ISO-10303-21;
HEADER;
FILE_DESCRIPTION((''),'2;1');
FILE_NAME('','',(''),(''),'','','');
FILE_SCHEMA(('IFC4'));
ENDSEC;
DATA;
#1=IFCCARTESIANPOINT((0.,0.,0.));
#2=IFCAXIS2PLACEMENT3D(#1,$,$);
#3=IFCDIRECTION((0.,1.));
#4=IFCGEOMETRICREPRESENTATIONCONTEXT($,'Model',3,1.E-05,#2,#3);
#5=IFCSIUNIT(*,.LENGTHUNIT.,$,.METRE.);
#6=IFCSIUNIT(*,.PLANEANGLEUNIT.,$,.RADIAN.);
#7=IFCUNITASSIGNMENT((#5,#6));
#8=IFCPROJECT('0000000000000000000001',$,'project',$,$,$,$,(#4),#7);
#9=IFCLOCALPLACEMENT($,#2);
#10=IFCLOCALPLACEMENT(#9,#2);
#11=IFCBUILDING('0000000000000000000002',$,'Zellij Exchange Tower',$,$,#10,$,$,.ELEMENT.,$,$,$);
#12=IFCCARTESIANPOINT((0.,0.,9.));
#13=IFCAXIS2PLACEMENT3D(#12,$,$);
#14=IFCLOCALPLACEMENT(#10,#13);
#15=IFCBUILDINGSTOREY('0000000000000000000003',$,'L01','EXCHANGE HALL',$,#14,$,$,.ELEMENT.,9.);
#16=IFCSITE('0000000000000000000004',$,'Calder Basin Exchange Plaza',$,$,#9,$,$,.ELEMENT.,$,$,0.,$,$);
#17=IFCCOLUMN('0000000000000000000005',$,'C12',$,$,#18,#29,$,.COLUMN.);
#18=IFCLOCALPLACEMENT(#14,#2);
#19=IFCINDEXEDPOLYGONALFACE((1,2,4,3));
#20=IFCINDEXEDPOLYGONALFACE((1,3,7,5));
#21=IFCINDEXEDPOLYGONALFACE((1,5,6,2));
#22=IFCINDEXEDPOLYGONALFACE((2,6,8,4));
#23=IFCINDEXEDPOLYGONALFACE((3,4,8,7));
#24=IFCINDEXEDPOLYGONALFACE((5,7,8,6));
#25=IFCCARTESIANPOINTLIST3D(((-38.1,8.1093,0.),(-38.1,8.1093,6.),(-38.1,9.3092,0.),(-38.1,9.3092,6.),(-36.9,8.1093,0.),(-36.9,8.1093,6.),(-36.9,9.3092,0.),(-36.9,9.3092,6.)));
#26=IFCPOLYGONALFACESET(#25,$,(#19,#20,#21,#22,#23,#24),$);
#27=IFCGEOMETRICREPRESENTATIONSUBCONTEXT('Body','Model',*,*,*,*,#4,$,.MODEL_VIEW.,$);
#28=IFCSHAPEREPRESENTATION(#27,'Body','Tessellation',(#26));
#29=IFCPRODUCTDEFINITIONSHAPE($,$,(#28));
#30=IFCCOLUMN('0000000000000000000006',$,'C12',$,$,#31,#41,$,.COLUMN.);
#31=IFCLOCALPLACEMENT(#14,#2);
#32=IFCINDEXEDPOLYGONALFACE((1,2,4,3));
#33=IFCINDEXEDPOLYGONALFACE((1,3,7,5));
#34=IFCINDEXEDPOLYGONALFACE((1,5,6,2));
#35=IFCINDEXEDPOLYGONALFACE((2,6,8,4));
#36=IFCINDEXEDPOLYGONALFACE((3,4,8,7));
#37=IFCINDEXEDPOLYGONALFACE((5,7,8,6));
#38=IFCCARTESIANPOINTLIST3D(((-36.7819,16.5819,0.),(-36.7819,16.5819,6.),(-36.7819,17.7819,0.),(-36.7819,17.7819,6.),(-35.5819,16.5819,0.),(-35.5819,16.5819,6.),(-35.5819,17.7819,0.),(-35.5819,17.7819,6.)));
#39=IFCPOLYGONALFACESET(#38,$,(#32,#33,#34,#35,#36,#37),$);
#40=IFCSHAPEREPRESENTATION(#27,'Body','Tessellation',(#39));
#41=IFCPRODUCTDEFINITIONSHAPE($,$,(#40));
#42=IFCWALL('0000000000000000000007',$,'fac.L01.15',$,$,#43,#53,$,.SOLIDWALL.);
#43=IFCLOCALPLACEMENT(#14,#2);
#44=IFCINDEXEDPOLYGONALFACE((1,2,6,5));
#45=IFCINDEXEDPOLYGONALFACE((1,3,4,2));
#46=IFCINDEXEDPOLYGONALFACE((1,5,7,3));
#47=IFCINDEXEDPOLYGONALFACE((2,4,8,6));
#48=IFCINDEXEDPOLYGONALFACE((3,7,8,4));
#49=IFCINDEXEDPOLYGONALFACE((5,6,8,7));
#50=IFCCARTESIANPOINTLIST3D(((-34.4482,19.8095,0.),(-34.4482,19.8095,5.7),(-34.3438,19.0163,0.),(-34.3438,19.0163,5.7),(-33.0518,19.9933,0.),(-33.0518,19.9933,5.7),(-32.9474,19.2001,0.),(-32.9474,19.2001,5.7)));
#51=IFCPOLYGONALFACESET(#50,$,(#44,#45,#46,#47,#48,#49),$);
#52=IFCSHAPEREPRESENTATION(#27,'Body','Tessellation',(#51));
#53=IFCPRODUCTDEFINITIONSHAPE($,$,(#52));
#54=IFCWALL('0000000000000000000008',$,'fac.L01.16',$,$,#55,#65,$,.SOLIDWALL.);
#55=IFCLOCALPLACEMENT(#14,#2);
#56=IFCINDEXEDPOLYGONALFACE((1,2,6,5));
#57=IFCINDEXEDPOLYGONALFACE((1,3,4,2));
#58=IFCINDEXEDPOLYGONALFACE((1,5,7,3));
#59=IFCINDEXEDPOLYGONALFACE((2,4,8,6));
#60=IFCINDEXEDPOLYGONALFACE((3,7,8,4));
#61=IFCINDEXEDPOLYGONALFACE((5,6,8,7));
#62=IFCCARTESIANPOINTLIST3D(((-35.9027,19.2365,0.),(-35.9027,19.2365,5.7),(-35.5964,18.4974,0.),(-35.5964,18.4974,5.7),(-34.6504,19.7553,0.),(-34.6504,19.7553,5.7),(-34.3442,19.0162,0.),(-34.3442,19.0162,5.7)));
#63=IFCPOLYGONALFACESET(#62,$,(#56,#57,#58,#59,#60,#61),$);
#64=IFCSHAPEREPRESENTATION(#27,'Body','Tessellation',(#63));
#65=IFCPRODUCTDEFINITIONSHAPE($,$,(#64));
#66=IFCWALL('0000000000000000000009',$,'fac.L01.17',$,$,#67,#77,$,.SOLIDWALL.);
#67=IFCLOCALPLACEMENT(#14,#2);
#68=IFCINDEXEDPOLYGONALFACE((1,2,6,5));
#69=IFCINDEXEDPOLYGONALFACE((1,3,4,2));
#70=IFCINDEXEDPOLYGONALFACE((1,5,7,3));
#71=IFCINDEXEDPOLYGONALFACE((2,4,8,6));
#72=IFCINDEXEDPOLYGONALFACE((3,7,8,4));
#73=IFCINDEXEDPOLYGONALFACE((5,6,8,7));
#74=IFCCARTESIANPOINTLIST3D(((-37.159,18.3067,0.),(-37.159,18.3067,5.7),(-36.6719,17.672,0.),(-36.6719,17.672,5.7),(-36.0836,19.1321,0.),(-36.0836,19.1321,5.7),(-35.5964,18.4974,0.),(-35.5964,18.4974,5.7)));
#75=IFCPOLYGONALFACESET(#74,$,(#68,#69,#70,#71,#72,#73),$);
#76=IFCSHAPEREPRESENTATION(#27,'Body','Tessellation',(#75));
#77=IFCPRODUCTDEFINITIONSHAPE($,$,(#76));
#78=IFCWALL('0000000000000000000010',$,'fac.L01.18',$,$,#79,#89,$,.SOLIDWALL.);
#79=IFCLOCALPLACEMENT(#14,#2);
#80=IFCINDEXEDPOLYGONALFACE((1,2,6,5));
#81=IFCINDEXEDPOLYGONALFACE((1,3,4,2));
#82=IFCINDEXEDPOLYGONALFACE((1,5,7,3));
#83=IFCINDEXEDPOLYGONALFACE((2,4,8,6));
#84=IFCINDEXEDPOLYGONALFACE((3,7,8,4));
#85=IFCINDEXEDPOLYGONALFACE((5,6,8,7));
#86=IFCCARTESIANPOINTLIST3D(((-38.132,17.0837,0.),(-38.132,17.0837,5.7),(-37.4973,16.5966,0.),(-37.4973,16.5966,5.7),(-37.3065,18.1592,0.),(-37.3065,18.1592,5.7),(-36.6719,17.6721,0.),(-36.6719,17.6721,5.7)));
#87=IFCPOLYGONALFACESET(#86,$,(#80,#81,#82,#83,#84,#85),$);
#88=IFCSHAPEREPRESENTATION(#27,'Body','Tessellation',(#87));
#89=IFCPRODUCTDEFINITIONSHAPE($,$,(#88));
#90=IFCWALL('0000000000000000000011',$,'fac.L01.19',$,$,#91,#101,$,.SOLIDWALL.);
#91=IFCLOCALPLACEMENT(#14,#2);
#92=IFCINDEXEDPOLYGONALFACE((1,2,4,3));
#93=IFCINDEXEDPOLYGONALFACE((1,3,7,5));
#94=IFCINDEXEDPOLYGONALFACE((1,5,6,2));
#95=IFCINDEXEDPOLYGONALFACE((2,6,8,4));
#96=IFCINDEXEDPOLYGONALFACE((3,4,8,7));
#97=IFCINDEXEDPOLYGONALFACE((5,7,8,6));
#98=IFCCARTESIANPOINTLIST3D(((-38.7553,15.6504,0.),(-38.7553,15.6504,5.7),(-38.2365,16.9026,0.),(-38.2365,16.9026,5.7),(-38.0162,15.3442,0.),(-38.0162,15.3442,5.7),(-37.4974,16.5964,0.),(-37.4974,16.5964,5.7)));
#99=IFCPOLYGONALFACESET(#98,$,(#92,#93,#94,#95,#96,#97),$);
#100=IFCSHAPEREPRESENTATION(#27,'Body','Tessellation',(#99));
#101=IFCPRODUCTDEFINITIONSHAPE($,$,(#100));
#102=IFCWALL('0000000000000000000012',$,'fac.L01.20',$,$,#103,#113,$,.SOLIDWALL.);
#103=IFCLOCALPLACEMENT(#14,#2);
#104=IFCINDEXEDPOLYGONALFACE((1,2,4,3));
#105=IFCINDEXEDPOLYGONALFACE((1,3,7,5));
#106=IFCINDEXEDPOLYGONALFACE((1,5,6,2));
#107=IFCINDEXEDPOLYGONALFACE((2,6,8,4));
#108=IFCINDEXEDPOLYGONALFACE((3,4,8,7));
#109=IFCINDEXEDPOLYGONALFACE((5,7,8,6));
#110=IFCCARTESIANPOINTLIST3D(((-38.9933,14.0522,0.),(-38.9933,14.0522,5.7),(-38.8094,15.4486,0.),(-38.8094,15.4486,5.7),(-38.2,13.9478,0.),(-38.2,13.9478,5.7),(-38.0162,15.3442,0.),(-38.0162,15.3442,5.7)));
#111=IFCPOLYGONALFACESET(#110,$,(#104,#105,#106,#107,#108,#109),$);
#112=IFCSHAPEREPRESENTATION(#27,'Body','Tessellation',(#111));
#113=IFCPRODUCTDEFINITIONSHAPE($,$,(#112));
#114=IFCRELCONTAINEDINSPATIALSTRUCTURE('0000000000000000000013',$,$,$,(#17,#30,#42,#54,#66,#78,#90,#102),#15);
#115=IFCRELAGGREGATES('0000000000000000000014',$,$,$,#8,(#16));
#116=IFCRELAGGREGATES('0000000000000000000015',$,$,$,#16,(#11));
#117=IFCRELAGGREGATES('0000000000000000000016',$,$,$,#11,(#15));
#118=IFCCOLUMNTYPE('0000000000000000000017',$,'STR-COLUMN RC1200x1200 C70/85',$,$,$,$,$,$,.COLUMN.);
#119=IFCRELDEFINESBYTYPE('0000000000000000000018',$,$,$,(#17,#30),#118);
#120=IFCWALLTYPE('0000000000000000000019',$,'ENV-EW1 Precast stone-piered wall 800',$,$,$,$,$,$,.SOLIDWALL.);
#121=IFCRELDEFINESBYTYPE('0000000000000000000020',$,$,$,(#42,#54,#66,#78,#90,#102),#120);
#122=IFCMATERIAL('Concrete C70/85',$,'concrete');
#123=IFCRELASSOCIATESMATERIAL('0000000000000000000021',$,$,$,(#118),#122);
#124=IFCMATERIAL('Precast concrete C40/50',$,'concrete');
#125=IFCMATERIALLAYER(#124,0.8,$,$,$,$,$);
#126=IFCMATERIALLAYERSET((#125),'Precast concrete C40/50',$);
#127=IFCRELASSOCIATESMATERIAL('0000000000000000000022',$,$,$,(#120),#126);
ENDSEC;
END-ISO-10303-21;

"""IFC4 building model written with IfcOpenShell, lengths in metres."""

from ifc_helpers import new_model, si_unit, direction, frame, frame_2d, origin, origin_2d, place, context, subcontext, project, spatial, rectangle, extrude, material, layer, layer_set, material_profile, profile_set, type_object, element, save


model = new_model("IFC4")

# Units and contexts
model_context = context("Model", 3, precision=1e-05, world=origin(), true_north=direction((0.0, 1.0)))
body_context = subcontext(model_context, "Body", "Model", "MODEL_VIEW")
ifc_project = project(units=[si_unit("LENGTHUNIT", "METRE"), si_unit("PLANEANGLEUNIT", "RADIAN")], contexts=[model_context])

# Site, building, storey
site_placement = place(None, origin())
site = spatial("IfcSite", under=ifc_project, at=site_placement, Name="Calder Basin Exchange Plaza", CompositionType="ELEMENT", RefElevation=0.0)
building_placement = place(site_placement, origin())
building = spatial("IfcBuilding", under=site, at=building_placement, Name="Zellij Exchange Tower", CompositionType="ELEMENT")
storey_placement = place(building_placement, frame((0.0, 0.0, 9.0)))
storey = spatial("IfcBuildingStorey", under=building, at=storey_placement, Name="L01", Description="EXCHANGE HALL", CompositionType="ELEMENT", Elevation=9.0)

# Columns
ifc_material_1 = material(Name="Concrete C70/85", Category="concrete")
ifc_material_profile = material_profile(ifc_material_1, rectangle(XDim=1.2, YDim=1.2, at=origin_2d()), Name="STR-COLUMN RC1200x1200 C70/85")
ifc_profile_set = profile_set([ifc_material_profile], Name="Concrete C70/85")
column_type = type_object("IfcColumnType", Name="STR-COLUMN RC1200x1200 C70/85", PredefinedType="COLUMN", material=ifc_profile_set)
for number, where, z_axis, x_axis, name in (
    (1, (-37.5, 8.7092, 0.0), (0.0, 0.0, 1.0), (1.0, 0.0, 0.0), "C12"),
    (2, (-36.1819, 17.1819, 0.0), (0.0, 0.0, 1.0), (1.0, 0.0, 0.0), "C12"),
):
    element("IfcColumn", number, at=place(storey_placement, frame(where, z_axis=z_axis, x_axis=x_axis)), inside=storey, type_object=column_type, Name=name, PredefinedType="COLUMN", context=body_context, shape_type="SweptSolid", body=[
        extrude(rectangle(XDim=1.2, YDim=1.2, at=origin_2d()), origin(), (0.0, 0.0, 1.0), 6.0),
    ])

# Walls
ifc_material_2 = material(Name="Precast concrete C40/50", Category="concrete")
ifc_layer_1 = layer(ifc_material_2, 0.8)
ifc_layer_set_1 = layer_set([ifc_layer_1], Name="Precast concrete C40/50")
wall_type = type_object("IfcWallType", Name="ENV-EW1 Precast stone-piered wall 800", PredefinedType="SOLIDWALL", material=ifc_layer_set_1)
wall_1_placement = place(storey_placement, frame((-32.9998, 19.5967, 0.0), z_axis=(0.0, 0.0, 1.0), x_axis=(-0.991446, -0.130517, 0.0)))
element("IfcWall", 3, at=wall_1_placement, inside=storey, type_object=wall_type, Name="fac.L01.15", PredefinedType="SOLIDWALL", context=body_context, shape_type="SweptSolid", body=[
    extrude(rectangle(XDim=1.4084, YDim=0.8, at=frame_2d((0.7041, 0.0))), origin(), (0.0, 0.0, 1.0), 5.7),
])
wall_2_placement = place(storey_placement, frame((-34.4973, 19.3857, 0.0), z_axis=(0.0, 0.0, 1.0), x_axis=(-0.923848, -0.38276, 0.0)))
element("IfcWall", 4, at=wall_2_placement, inside=storey, type_object=wall_type, Name="fac.L01.16", PredefinedType="SOLIDWALL", context=body_context, shape_type="SweptSolid", body=[
    extrude(rectangle(XDim=1.3555, YDim=0.8, at=frame_2d((0.6777, 0.0))), origin(), (0.0, 0.0, 1.0), 5.7),
])
for number, where, z_axis, x_axis, name in (
    (5, (-35.8401, 18.8147, 0.0), (0.0, 0.0, 1.0), (-0.793273, -0.608866, 0.0), "fac.L01.17"),
    (6, (-36.9893, 17.9155, 0.0), (0.0, 0.0, 1.0), (-0.608866, -0.793273, 0.0), "fac.L01.18"),
):
    element("IfcWall", number, at=place(storey_placement, frame(where, z_axis=z_axis, x_axis=x_axis)), inside=storey, type_object=wall_type, Name=name, PredefinedType="SOLIDWALL", context=body_context, shape_type="SweptSolid", body=[
        extrude(rectangle(XDim=1.3557, YDim=0.8, at=frame_2d((0.6777, 0.0))), origin(), (0.0, 0.0, 1.0), 5.7),
    ])
wall_3_placement = place(storey_placement, frame((-37.8669, 16.7495, 0.0), z_axis=(0.0, 0.0, 1.0), x_axis=(-0.38276, -0.923848, 0.0)))
element("IfcWall", 7, at=wall_3_placement, inside=storey, type_object=wall_type, Name="fac.L01.19", PredefinedType="SOLIDWALL", context=body_context, shape_type="SweptSolid", body=[
    extrude(rectangle(XDim=1.3555, YDim=0.8, at=frame_2d((0.6777, 0.0))), origin(), (0.0, 0.0, 1.0), 5.7),
])
wall_4_placement = place(storey_placement, frame((-38.4128, 15.3962, 0.0), z_axis=(0.0, 0.0, 1.0), x_axis=(-0.130517, -0.991446, 0.0)))
element("IfcWall", 8, at=wall_4_placement, inside=storey, type_object=wall_type, Name="fac.L01.20", PredefinedType="SOLIDWALL", context=body_context, shape_type="SweptSolid", body=[
    extrude(rectangle(XDim=1.4084, YDim=0.8, at=frame_2d((0.7041, 0.0))), origin(), (0.0, 0.0, 1.0), 5.7),
])

save(model, "model.ifc")
